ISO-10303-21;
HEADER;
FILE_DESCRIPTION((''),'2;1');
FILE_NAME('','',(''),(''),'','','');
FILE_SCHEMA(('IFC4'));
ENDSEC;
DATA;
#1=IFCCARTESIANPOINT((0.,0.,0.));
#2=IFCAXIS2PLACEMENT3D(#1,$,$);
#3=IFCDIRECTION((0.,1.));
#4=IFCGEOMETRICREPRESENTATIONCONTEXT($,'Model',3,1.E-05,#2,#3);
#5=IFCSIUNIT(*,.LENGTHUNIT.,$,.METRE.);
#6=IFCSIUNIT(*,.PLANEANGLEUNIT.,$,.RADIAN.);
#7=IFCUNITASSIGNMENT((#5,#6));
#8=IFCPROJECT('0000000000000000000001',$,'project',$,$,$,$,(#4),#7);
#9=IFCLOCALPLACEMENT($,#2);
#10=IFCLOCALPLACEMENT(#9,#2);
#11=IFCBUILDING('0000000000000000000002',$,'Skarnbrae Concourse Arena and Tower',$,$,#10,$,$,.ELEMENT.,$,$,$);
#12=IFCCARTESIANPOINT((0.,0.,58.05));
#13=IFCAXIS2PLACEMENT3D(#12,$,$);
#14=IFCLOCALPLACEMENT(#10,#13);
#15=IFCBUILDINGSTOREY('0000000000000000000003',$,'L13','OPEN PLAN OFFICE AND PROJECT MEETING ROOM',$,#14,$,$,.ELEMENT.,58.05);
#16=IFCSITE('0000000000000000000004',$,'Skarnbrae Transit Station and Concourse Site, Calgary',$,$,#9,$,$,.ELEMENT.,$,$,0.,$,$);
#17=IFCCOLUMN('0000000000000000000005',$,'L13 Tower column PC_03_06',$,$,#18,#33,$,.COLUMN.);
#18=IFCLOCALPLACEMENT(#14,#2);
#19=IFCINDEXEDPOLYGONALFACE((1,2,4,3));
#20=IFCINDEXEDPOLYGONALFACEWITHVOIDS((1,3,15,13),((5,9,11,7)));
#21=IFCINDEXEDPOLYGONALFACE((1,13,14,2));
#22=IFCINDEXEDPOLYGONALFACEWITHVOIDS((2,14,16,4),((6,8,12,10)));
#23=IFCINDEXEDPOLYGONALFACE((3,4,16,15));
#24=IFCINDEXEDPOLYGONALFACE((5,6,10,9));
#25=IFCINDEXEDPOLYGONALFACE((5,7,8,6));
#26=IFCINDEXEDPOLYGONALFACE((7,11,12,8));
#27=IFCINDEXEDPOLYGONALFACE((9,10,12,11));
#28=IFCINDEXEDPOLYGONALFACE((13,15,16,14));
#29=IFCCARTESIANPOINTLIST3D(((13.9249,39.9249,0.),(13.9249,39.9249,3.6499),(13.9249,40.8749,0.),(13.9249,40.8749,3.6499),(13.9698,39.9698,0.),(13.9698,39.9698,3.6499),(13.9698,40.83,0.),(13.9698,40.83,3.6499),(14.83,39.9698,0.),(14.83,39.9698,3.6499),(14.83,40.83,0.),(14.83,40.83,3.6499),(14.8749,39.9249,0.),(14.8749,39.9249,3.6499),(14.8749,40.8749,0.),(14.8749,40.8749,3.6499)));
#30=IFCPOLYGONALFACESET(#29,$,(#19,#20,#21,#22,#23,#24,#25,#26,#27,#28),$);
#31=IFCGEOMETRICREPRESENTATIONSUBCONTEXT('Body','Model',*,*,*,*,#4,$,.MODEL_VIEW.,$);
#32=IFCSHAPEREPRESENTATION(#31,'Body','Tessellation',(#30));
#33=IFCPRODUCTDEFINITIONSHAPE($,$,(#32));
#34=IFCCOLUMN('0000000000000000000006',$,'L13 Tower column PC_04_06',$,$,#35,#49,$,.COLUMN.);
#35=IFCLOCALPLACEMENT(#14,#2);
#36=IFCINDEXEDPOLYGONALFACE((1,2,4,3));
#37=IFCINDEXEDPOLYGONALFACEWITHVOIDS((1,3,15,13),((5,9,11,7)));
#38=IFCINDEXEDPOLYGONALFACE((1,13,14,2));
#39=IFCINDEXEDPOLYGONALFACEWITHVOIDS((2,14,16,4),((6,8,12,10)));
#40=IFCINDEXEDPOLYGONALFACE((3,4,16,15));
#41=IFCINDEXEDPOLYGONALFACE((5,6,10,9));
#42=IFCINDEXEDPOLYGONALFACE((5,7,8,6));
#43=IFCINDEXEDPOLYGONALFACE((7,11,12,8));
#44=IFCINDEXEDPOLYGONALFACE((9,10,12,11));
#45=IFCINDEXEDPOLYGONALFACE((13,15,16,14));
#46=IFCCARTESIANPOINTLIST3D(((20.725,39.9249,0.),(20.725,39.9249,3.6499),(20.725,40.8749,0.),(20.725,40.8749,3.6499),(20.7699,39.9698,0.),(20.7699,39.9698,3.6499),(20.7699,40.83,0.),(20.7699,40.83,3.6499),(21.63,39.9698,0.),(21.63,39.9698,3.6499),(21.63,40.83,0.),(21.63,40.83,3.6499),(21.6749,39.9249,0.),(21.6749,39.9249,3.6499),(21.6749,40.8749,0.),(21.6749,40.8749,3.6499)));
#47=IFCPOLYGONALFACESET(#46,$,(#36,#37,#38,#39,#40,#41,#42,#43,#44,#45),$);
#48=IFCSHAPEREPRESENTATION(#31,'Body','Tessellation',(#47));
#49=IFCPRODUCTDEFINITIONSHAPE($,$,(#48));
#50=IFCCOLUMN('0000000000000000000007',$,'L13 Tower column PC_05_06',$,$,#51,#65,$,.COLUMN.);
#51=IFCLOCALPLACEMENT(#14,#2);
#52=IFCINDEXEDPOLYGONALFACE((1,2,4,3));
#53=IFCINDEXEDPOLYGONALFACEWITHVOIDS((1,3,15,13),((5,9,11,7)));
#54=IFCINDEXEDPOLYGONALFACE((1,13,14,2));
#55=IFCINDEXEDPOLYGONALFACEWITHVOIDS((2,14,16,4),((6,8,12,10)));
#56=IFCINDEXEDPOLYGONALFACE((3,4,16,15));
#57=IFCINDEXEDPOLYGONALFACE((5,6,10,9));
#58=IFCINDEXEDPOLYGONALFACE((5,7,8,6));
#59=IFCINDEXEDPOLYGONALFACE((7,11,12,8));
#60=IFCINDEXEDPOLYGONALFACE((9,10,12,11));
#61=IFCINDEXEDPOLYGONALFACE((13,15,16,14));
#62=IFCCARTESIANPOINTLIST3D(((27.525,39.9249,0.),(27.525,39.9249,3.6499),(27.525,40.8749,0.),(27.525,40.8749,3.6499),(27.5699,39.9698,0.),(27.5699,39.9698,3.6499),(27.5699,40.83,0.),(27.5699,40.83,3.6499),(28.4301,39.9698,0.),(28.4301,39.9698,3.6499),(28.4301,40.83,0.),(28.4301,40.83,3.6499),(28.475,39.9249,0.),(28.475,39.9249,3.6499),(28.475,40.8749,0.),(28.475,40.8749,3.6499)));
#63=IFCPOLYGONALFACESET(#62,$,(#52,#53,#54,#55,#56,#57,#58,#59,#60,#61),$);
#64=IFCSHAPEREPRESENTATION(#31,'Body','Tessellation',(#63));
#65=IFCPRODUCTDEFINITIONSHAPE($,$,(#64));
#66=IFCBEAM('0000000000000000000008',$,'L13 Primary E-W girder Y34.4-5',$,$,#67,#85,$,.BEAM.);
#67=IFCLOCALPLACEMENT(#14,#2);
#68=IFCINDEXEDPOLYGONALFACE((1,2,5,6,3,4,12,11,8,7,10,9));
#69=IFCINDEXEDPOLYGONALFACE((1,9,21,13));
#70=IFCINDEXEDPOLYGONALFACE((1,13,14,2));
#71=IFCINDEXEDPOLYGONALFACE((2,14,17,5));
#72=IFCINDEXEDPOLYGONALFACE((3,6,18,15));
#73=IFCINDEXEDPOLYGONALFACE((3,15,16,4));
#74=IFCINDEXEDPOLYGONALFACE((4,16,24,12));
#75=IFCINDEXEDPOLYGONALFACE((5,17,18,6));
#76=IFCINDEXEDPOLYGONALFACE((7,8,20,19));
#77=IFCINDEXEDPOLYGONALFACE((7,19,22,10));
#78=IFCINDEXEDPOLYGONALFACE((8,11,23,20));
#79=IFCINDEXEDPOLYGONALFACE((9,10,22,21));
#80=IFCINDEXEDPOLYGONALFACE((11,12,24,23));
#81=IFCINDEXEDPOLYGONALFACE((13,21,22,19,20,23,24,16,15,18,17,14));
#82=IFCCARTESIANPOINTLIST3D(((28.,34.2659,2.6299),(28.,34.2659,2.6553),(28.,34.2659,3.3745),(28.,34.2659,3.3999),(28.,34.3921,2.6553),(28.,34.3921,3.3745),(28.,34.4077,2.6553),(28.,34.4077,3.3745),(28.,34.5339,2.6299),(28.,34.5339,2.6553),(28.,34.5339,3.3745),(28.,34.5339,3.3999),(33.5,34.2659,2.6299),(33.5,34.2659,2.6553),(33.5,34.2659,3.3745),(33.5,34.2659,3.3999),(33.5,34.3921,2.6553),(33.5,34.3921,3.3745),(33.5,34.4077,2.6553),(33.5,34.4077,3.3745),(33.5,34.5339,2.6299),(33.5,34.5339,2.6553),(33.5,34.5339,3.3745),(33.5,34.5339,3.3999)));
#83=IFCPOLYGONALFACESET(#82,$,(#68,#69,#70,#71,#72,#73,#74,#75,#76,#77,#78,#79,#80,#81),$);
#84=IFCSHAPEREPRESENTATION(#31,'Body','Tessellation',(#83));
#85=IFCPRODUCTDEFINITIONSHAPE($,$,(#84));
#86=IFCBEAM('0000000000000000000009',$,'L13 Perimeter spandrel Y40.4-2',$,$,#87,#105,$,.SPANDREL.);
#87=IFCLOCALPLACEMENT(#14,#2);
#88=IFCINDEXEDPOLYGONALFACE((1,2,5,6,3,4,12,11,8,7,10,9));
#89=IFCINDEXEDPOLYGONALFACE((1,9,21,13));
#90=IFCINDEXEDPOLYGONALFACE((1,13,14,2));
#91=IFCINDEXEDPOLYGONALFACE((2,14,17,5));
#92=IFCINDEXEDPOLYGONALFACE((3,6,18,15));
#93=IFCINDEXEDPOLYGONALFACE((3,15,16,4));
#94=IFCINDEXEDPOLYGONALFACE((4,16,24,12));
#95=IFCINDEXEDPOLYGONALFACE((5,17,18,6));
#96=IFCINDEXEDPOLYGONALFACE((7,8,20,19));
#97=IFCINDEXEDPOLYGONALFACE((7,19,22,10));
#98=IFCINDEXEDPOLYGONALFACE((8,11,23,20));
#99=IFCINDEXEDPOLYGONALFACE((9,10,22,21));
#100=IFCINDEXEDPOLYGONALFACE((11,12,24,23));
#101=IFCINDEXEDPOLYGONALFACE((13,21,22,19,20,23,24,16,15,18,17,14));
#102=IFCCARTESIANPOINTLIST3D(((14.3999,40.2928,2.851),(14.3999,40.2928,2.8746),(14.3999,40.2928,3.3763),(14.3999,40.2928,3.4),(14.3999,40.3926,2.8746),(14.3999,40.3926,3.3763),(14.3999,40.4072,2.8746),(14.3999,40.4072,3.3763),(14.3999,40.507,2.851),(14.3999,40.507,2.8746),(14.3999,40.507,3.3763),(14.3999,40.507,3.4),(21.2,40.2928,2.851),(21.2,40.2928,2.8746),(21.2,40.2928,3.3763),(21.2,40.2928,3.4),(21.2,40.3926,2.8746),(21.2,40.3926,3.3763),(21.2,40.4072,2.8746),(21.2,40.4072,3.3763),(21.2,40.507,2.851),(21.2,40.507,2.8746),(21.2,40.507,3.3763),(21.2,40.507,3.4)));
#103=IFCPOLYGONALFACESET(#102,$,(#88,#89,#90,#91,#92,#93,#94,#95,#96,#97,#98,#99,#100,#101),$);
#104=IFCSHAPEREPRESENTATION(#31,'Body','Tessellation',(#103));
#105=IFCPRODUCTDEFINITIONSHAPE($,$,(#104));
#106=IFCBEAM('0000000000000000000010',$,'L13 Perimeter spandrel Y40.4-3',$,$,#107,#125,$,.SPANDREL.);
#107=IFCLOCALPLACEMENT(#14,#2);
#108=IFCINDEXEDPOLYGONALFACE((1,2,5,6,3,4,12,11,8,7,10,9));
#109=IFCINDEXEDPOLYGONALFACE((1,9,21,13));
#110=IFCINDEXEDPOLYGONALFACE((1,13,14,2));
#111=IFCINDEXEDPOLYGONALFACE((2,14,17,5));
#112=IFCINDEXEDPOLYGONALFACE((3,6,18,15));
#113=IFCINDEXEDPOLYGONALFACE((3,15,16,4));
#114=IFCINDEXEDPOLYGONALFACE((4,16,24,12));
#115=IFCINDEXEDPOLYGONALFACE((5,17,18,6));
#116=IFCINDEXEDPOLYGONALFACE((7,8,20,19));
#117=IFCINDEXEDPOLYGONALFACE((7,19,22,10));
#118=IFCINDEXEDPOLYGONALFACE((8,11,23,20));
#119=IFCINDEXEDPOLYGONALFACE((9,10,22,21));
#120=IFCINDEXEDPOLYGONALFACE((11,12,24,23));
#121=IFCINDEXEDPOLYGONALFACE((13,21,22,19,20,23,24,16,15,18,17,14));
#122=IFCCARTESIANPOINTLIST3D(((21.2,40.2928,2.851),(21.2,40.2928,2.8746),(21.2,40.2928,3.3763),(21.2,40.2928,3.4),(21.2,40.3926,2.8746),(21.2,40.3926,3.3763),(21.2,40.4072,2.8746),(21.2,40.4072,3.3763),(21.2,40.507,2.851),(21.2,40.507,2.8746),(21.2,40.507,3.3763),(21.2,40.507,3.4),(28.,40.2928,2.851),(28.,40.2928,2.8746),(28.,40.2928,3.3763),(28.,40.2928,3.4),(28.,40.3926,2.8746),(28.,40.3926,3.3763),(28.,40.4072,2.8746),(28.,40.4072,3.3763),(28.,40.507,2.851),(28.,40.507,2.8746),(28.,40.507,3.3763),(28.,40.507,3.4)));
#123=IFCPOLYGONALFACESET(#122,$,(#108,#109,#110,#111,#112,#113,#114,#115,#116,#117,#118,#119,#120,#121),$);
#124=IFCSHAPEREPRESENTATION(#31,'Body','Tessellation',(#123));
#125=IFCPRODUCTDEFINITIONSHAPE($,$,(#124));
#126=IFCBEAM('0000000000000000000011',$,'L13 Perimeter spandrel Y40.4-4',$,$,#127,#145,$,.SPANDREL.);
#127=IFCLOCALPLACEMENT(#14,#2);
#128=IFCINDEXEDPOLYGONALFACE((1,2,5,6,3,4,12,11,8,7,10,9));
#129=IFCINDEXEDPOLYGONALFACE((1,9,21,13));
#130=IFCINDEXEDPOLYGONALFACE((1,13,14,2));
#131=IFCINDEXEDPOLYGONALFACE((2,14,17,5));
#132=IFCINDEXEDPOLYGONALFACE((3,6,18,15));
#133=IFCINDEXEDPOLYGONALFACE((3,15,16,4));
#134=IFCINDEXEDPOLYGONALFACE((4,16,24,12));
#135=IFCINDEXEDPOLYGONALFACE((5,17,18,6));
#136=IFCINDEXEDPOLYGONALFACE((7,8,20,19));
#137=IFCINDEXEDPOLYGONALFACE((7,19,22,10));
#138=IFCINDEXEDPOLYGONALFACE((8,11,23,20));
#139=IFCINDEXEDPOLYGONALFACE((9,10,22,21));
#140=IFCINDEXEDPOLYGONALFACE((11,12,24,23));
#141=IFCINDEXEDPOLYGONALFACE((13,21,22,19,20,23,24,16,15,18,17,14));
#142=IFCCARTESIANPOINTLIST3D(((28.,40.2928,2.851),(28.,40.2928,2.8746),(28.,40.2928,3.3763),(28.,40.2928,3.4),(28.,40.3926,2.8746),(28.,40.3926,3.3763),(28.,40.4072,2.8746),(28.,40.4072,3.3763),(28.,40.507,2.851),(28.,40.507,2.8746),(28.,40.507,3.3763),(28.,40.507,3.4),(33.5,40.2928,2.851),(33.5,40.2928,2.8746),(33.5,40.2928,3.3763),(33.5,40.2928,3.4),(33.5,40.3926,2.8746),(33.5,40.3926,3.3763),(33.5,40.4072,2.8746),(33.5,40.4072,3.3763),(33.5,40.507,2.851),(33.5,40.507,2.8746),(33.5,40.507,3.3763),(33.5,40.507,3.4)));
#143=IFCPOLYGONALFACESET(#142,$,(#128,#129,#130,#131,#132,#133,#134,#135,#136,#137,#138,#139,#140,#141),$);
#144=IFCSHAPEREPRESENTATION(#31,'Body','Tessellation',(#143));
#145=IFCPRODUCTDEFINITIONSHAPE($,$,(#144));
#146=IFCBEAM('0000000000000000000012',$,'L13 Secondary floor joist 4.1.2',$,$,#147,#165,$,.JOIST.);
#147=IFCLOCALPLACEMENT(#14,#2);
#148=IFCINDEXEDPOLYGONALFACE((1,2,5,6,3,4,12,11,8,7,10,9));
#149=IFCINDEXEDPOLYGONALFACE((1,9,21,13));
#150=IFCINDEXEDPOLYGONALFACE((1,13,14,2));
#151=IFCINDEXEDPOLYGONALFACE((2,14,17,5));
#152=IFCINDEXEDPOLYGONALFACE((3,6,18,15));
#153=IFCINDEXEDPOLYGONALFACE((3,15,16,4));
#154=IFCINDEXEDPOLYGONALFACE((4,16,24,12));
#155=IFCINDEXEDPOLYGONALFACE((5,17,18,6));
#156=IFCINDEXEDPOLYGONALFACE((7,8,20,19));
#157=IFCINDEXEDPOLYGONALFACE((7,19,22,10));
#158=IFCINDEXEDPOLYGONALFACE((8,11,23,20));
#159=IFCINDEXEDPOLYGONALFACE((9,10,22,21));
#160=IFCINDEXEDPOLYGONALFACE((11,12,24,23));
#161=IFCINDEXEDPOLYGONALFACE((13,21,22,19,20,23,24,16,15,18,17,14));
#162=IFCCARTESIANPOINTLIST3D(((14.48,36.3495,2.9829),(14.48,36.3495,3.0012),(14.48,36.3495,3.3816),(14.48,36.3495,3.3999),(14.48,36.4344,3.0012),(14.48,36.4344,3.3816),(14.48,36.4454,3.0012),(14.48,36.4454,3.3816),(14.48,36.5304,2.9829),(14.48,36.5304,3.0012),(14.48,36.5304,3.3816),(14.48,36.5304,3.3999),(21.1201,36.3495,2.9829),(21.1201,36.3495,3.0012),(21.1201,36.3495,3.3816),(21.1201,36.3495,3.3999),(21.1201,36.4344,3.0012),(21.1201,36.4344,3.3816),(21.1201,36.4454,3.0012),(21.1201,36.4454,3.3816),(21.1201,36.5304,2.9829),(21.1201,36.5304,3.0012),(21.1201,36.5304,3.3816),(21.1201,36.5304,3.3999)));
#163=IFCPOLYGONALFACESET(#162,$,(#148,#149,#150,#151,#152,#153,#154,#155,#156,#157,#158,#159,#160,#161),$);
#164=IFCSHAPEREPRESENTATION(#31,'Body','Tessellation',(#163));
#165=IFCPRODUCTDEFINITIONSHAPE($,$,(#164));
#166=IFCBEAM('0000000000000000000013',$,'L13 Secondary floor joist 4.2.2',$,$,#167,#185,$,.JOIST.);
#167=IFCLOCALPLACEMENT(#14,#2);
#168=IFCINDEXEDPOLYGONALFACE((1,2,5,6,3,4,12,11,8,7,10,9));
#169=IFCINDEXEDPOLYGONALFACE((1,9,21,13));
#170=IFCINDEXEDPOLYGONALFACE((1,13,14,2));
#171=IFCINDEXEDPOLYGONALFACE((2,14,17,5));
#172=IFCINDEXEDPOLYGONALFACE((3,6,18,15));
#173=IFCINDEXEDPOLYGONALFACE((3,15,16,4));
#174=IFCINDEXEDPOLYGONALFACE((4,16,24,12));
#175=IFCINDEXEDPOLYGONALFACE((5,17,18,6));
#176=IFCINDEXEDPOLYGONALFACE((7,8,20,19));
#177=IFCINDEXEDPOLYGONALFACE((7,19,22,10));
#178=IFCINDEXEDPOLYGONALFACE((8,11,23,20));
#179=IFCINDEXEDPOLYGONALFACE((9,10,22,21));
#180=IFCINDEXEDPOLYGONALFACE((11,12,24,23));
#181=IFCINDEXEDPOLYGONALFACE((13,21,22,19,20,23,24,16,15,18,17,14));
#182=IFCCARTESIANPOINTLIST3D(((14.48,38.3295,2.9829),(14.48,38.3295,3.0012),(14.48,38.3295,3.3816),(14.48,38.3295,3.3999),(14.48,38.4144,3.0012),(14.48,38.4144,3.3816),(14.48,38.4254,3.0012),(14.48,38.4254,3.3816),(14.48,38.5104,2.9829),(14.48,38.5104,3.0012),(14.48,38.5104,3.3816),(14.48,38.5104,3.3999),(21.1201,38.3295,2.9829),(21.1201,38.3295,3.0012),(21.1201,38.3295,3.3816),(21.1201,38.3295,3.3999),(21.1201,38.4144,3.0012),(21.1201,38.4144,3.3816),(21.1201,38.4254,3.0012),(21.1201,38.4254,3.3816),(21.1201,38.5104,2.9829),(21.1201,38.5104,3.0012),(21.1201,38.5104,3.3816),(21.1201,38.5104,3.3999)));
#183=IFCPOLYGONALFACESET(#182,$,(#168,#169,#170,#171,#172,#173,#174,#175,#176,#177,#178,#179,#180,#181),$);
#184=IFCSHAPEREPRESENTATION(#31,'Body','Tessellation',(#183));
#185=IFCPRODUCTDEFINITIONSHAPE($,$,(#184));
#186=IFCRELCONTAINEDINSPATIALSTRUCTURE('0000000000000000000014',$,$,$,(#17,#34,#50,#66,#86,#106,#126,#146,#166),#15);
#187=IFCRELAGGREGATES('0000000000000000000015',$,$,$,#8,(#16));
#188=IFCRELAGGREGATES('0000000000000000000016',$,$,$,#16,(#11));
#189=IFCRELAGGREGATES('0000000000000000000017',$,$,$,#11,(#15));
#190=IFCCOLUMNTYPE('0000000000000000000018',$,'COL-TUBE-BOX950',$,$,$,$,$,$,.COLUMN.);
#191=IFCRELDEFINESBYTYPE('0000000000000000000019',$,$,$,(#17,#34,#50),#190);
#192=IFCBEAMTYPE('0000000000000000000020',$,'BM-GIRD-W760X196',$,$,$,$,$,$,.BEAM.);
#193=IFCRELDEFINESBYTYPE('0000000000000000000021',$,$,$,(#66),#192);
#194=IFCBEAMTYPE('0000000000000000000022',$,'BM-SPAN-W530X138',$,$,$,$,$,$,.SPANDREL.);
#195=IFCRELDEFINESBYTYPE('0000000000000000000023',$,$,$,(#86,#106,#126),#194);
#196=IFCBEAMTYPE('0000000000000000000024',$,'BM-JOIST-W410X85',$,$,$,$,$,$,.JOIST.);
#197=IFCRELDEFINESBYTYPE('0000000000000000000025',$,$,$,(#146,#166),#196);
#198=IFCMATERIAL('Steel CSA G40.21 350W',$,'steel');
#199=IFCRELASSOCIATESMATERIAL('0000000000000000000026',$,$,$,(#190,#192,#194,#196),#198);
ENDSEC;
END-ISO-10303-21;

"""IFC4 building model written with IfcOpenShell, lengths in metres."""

from ifc_helpers import new_model, si_unit, direction, frame, origin, origin_2d, place, context, subcontext, project, spatial, hollow_rectangle, i_section, extrude, source, transform, mapped, material, material_profile, profile_set, type_object, element, save


model = new_model("IFC4")

# Units and contexts
model_context = context("Model", 3, precision=1e-05, world=origin(), true_north=direction((0.0, 1.0)))
body_context = subcontext(model_context, "Body", "Model", "MODEL_VIEW")
ifc_project = project(units=[si_unit("LENGTHUNIT", "METRE"), si_unit("PLANEANGLEUNIT", "RADIAN")], contexts=[model_context])

# Site, building, storey
site_placement = place(None, origin())
site = spatial("IfcSite", under=ifc_project, at=site_placement, Name="Skarnbrae Transit Station and Concourse Site, Calgary", CompositionType="ELEMENT", RefElevation=0.0)
building_placement = place(site_placement, origin())
building = spatial("IfcBuilding", under=site, at=building_placement, Name="Skarnbrae Concourse Arena and Tower", CompositionType="ELEMENT")
storey_placement = place(building_placement, frame((0.0, 0.0, 58.05)))
storey = spatial("IfcBuildingStorey", under=building, at=storey_placement, Name="L13", Description="OPEN PLAN OFFICE AND PROJECT MEETING ROOM", CompositionType="ELEMENT", Elevation=58.05)

# Columns
ifc_material_1 = material(Name="Steel CSA G40.21 350W", Category="steel")
ifc_material_profile_1 = material_profile(ifc_material_1, hollow_rectangle(XDim=0.95, YDim=0.95, WallThickness=0.0449, at=origin_2d()), Name="BOX950X950X45")
ifc_profile_set_1 = profile_set([ifc_material_profile_1], Name="Steel CSA G40.21 350W")
column_type = type_object("IfcColumnType", Name="COL-TUBE-BOX950", PredefinedType="COLUMN", material=ifc_profile_set_1)
shared_shape_1 = source(origin(), body_context, "Body", "SweptSolid", [
    extrude(hollow_rectangle(XDim=0.95, YDim=0.95, WallThickness=0.0449, at=origin_2d()), origin(), (0.0, 0.0, 1.0), 3.6499),
])
for number, where, z_axis, x_axis, name in (
    (1, (14.3999, 40.3999, 0.0), (0.0, 0.0, 1.0), (1.0, 0.0, 0.0), "L13 Tower column PC_03_06"),
    (2, (21.2, 40.3999, 0.0), (0.0, 0.0, 1.0), (1.0, 0.0, 0.0), "L13 Tower column PC_04_06"),
    (3, (28.0, 40.3999, 0.0), (0.0, 0.0, 1.0), (1.0, 0.0, 0.0), "L13 Tower column PC_05_06"),
):
    element("IfcColumn", number, at=place(storey_placement, frame(where, z_axis=z_axis, x_axis=x_axis)), inside=storey, type_object=column_type, Name=name, PredefinedType="COLUMN", context=body_context, shape_type="MappedRepresentation", body=[
        mapped(shared_shape_1, transform((0.0, 0.0, 0.0))),
    ])

# Beams
ifc_material_profile_2 = material_profile(ifc_material_1, i_section(OverallWidth=0.2681, OverallDepth=0.77, WebThickness=0.0156, FlangeThickness=0.0254, at=origin_2d()), Name="W760X196")
ifc_profile_set_2 = profile_set([ifc_material_profile_2], Name="Steel CSA G40.21 350W")
beam_type_1 = type_object("IfcBeamType", Name="BM-GIRD-W760X196", PredefinedType="BEAM", material=ifc_profile_set_2)
shared_shape_2 = source(origin(), body_context, "Body", "SweptSolid", [
    extrude(i_section(OverallWidth=0.2681, OverallDepth=0.77, WebThickness=0.0156, FlangeThickness=0.0254, at=origin_2d()), origin(), (0.0, 0.0, 1.0), 5.5),
])
beam_1_placement = place(storey_placement, frame((28.0, 34.3999, 3.0149), z_axis=(1.0, 0.0, 0.0), x_axis=(0.0, 1.0, 0.0)))
element("IfcBeam", 4, at=beam_1_placement, inside=storey, type_object=beam_type_1, Name="L13 Primary E-W girder Y34.4-5", PredefinedType="BEAM", context=body_context, shape_type="MappedRepresentation", body=[
    mapped(shared_shape_2, transform((0.0, 0.0, 0.0))),
])
ifc_material_profile_3 = material_profile(ifc_material_1, i_section(OverallWidth=0.2141, OverallDepth=0.5491, WebThickness=0.0146, FlangeThickness=0.0237, at=origin_2d()), Name="W530X138")
ifc_profile_set_3 = profile_set([ifc_material_profile_3], Name="Steel CSA G40.21 350W")
beam_type_2 = type_object("IfcBeamType", Name="BM-SPAN-W530X138", PredefinedType="SPANDREL", material=ifc_profile_set_3)
shared_shape_3 = source(origin(), body_context, "Body", "SweptSolid", [
    extrude(i_section(OverallWidth=0.2141, OverallDepth=0.5491, WebThickness=0.0146, FlangeThickness=0.0237, at=origin_2d()), origin(), (0.0, 0.0, 1.0), 6.8),
])
for number, where, z_axis, x_axis, name in (
    (5, (14.3999, 40.3999, 3.1255), (1.0, 0.0, 0.0), (0.0, 1.0, 0.0), "L13 Perimeter spandrel Y40.4-2"),
    (6, (21.2, 40.3999, 3.1255), (1.0, 0.0, 0.0), (0.0, 1.0, 0.0), "L13 Perimeter spandrel Y40.4-3"),
):
    element("IfcBeam", number, at=place(storey_placement, frame(where, z_axis=z_axis, x_axis=x_axis)), inside=storey, type_object=beam_type_2, Name=name, PredefinedType="SPANDREL", context=body_context, shape_type="MappedRepresentation", body=[
        mapped(shared_shape_3, transform((0.0, 0.0, 0.0))),
    ])
shared_shape_4 = source(origin(), body_context, "Body", "SweptSolid", [
    extrude(i_section(OverallWidth=0.2141, OverallDepth=0.5491, WebThickness=0.0146, FlangeThickness=0.0237, at=origin_2d()), origin(), (0.0, 0.0, 1.0), 5.5),
])
beam_2_placement = place(storey_placement, frame((28.0, 40.3999, 3.1255), z_axis=(1.0, 0.0, 0.0), x_axis=(0.0, 1.0, 0.0)))
element("IfcBeam", 7, at=beam_2_placement, inside=storey, type_object=beam_type_2, Name="L13 Perimeter spandrel Y40.4-4", PredefinedType="SPANDREL", context=body_context, shape_type="MappedRepresentation", body=[
    mapped(shared_shape_4, transform((0.0, 0.0, 0.0))),
])
ifc_material_profile_4 = material_profile(ifc_material_1, i_section(OverallWidth=0.1809, OverallDepth=0.417, WebThickness=0.011, FlangeThickness=0.0183, at=origin_2d()), Name="W410X85")
ifc_profile_set_4 = profile_set([ifc_material_profile_4], Name="Steel CSA G40.21 350W")
beam_type_3 = type_object("IfcBeamType", Name="BM-JOIST-W410X85", PredefinedType="JOIST", material=ifc_profile_set_4)
shared_shape_5 = source(origin(), body_context, "Body", "SweptSolid", [
    extrude(i_section(OverallWidth=0.1809, OverallDepth=0.417, WebThickness=0.011, FlangeThickness=0.0183, at=origin_2d()), origin(), (0.0, 0.0, 1.0), 6.6401),
])
for number, where, z_axis, x_axis, name in (
    (8, (14.48, 36.4399, 3.1914), (1.0, 0.0, 0.0), (0.0, 1.0, 0.0), "L13 Secondary floor joist 4.1.2"),
    (9, (14.48, 38.4199, 3.1914), (1.0, 0.0, 0.0), (0.0, 1.0, 0.0), "L13 Secondary floor joist 4.2.2"),
):
    element("IfcBeam", number, at=place(storey_placement, frame(where, z_axis=z_axis, x_axis=x_axis)), inside=storey, type_object=beam_type_3, Name=name, PredefinedType="JOIST", context=body_context, shape_type="MappedRepresentation", body=[
        mapped(shared_shape_5, transform((0.0, 0.0, 0.0))),
    ])

save(model, "model.ifc")
